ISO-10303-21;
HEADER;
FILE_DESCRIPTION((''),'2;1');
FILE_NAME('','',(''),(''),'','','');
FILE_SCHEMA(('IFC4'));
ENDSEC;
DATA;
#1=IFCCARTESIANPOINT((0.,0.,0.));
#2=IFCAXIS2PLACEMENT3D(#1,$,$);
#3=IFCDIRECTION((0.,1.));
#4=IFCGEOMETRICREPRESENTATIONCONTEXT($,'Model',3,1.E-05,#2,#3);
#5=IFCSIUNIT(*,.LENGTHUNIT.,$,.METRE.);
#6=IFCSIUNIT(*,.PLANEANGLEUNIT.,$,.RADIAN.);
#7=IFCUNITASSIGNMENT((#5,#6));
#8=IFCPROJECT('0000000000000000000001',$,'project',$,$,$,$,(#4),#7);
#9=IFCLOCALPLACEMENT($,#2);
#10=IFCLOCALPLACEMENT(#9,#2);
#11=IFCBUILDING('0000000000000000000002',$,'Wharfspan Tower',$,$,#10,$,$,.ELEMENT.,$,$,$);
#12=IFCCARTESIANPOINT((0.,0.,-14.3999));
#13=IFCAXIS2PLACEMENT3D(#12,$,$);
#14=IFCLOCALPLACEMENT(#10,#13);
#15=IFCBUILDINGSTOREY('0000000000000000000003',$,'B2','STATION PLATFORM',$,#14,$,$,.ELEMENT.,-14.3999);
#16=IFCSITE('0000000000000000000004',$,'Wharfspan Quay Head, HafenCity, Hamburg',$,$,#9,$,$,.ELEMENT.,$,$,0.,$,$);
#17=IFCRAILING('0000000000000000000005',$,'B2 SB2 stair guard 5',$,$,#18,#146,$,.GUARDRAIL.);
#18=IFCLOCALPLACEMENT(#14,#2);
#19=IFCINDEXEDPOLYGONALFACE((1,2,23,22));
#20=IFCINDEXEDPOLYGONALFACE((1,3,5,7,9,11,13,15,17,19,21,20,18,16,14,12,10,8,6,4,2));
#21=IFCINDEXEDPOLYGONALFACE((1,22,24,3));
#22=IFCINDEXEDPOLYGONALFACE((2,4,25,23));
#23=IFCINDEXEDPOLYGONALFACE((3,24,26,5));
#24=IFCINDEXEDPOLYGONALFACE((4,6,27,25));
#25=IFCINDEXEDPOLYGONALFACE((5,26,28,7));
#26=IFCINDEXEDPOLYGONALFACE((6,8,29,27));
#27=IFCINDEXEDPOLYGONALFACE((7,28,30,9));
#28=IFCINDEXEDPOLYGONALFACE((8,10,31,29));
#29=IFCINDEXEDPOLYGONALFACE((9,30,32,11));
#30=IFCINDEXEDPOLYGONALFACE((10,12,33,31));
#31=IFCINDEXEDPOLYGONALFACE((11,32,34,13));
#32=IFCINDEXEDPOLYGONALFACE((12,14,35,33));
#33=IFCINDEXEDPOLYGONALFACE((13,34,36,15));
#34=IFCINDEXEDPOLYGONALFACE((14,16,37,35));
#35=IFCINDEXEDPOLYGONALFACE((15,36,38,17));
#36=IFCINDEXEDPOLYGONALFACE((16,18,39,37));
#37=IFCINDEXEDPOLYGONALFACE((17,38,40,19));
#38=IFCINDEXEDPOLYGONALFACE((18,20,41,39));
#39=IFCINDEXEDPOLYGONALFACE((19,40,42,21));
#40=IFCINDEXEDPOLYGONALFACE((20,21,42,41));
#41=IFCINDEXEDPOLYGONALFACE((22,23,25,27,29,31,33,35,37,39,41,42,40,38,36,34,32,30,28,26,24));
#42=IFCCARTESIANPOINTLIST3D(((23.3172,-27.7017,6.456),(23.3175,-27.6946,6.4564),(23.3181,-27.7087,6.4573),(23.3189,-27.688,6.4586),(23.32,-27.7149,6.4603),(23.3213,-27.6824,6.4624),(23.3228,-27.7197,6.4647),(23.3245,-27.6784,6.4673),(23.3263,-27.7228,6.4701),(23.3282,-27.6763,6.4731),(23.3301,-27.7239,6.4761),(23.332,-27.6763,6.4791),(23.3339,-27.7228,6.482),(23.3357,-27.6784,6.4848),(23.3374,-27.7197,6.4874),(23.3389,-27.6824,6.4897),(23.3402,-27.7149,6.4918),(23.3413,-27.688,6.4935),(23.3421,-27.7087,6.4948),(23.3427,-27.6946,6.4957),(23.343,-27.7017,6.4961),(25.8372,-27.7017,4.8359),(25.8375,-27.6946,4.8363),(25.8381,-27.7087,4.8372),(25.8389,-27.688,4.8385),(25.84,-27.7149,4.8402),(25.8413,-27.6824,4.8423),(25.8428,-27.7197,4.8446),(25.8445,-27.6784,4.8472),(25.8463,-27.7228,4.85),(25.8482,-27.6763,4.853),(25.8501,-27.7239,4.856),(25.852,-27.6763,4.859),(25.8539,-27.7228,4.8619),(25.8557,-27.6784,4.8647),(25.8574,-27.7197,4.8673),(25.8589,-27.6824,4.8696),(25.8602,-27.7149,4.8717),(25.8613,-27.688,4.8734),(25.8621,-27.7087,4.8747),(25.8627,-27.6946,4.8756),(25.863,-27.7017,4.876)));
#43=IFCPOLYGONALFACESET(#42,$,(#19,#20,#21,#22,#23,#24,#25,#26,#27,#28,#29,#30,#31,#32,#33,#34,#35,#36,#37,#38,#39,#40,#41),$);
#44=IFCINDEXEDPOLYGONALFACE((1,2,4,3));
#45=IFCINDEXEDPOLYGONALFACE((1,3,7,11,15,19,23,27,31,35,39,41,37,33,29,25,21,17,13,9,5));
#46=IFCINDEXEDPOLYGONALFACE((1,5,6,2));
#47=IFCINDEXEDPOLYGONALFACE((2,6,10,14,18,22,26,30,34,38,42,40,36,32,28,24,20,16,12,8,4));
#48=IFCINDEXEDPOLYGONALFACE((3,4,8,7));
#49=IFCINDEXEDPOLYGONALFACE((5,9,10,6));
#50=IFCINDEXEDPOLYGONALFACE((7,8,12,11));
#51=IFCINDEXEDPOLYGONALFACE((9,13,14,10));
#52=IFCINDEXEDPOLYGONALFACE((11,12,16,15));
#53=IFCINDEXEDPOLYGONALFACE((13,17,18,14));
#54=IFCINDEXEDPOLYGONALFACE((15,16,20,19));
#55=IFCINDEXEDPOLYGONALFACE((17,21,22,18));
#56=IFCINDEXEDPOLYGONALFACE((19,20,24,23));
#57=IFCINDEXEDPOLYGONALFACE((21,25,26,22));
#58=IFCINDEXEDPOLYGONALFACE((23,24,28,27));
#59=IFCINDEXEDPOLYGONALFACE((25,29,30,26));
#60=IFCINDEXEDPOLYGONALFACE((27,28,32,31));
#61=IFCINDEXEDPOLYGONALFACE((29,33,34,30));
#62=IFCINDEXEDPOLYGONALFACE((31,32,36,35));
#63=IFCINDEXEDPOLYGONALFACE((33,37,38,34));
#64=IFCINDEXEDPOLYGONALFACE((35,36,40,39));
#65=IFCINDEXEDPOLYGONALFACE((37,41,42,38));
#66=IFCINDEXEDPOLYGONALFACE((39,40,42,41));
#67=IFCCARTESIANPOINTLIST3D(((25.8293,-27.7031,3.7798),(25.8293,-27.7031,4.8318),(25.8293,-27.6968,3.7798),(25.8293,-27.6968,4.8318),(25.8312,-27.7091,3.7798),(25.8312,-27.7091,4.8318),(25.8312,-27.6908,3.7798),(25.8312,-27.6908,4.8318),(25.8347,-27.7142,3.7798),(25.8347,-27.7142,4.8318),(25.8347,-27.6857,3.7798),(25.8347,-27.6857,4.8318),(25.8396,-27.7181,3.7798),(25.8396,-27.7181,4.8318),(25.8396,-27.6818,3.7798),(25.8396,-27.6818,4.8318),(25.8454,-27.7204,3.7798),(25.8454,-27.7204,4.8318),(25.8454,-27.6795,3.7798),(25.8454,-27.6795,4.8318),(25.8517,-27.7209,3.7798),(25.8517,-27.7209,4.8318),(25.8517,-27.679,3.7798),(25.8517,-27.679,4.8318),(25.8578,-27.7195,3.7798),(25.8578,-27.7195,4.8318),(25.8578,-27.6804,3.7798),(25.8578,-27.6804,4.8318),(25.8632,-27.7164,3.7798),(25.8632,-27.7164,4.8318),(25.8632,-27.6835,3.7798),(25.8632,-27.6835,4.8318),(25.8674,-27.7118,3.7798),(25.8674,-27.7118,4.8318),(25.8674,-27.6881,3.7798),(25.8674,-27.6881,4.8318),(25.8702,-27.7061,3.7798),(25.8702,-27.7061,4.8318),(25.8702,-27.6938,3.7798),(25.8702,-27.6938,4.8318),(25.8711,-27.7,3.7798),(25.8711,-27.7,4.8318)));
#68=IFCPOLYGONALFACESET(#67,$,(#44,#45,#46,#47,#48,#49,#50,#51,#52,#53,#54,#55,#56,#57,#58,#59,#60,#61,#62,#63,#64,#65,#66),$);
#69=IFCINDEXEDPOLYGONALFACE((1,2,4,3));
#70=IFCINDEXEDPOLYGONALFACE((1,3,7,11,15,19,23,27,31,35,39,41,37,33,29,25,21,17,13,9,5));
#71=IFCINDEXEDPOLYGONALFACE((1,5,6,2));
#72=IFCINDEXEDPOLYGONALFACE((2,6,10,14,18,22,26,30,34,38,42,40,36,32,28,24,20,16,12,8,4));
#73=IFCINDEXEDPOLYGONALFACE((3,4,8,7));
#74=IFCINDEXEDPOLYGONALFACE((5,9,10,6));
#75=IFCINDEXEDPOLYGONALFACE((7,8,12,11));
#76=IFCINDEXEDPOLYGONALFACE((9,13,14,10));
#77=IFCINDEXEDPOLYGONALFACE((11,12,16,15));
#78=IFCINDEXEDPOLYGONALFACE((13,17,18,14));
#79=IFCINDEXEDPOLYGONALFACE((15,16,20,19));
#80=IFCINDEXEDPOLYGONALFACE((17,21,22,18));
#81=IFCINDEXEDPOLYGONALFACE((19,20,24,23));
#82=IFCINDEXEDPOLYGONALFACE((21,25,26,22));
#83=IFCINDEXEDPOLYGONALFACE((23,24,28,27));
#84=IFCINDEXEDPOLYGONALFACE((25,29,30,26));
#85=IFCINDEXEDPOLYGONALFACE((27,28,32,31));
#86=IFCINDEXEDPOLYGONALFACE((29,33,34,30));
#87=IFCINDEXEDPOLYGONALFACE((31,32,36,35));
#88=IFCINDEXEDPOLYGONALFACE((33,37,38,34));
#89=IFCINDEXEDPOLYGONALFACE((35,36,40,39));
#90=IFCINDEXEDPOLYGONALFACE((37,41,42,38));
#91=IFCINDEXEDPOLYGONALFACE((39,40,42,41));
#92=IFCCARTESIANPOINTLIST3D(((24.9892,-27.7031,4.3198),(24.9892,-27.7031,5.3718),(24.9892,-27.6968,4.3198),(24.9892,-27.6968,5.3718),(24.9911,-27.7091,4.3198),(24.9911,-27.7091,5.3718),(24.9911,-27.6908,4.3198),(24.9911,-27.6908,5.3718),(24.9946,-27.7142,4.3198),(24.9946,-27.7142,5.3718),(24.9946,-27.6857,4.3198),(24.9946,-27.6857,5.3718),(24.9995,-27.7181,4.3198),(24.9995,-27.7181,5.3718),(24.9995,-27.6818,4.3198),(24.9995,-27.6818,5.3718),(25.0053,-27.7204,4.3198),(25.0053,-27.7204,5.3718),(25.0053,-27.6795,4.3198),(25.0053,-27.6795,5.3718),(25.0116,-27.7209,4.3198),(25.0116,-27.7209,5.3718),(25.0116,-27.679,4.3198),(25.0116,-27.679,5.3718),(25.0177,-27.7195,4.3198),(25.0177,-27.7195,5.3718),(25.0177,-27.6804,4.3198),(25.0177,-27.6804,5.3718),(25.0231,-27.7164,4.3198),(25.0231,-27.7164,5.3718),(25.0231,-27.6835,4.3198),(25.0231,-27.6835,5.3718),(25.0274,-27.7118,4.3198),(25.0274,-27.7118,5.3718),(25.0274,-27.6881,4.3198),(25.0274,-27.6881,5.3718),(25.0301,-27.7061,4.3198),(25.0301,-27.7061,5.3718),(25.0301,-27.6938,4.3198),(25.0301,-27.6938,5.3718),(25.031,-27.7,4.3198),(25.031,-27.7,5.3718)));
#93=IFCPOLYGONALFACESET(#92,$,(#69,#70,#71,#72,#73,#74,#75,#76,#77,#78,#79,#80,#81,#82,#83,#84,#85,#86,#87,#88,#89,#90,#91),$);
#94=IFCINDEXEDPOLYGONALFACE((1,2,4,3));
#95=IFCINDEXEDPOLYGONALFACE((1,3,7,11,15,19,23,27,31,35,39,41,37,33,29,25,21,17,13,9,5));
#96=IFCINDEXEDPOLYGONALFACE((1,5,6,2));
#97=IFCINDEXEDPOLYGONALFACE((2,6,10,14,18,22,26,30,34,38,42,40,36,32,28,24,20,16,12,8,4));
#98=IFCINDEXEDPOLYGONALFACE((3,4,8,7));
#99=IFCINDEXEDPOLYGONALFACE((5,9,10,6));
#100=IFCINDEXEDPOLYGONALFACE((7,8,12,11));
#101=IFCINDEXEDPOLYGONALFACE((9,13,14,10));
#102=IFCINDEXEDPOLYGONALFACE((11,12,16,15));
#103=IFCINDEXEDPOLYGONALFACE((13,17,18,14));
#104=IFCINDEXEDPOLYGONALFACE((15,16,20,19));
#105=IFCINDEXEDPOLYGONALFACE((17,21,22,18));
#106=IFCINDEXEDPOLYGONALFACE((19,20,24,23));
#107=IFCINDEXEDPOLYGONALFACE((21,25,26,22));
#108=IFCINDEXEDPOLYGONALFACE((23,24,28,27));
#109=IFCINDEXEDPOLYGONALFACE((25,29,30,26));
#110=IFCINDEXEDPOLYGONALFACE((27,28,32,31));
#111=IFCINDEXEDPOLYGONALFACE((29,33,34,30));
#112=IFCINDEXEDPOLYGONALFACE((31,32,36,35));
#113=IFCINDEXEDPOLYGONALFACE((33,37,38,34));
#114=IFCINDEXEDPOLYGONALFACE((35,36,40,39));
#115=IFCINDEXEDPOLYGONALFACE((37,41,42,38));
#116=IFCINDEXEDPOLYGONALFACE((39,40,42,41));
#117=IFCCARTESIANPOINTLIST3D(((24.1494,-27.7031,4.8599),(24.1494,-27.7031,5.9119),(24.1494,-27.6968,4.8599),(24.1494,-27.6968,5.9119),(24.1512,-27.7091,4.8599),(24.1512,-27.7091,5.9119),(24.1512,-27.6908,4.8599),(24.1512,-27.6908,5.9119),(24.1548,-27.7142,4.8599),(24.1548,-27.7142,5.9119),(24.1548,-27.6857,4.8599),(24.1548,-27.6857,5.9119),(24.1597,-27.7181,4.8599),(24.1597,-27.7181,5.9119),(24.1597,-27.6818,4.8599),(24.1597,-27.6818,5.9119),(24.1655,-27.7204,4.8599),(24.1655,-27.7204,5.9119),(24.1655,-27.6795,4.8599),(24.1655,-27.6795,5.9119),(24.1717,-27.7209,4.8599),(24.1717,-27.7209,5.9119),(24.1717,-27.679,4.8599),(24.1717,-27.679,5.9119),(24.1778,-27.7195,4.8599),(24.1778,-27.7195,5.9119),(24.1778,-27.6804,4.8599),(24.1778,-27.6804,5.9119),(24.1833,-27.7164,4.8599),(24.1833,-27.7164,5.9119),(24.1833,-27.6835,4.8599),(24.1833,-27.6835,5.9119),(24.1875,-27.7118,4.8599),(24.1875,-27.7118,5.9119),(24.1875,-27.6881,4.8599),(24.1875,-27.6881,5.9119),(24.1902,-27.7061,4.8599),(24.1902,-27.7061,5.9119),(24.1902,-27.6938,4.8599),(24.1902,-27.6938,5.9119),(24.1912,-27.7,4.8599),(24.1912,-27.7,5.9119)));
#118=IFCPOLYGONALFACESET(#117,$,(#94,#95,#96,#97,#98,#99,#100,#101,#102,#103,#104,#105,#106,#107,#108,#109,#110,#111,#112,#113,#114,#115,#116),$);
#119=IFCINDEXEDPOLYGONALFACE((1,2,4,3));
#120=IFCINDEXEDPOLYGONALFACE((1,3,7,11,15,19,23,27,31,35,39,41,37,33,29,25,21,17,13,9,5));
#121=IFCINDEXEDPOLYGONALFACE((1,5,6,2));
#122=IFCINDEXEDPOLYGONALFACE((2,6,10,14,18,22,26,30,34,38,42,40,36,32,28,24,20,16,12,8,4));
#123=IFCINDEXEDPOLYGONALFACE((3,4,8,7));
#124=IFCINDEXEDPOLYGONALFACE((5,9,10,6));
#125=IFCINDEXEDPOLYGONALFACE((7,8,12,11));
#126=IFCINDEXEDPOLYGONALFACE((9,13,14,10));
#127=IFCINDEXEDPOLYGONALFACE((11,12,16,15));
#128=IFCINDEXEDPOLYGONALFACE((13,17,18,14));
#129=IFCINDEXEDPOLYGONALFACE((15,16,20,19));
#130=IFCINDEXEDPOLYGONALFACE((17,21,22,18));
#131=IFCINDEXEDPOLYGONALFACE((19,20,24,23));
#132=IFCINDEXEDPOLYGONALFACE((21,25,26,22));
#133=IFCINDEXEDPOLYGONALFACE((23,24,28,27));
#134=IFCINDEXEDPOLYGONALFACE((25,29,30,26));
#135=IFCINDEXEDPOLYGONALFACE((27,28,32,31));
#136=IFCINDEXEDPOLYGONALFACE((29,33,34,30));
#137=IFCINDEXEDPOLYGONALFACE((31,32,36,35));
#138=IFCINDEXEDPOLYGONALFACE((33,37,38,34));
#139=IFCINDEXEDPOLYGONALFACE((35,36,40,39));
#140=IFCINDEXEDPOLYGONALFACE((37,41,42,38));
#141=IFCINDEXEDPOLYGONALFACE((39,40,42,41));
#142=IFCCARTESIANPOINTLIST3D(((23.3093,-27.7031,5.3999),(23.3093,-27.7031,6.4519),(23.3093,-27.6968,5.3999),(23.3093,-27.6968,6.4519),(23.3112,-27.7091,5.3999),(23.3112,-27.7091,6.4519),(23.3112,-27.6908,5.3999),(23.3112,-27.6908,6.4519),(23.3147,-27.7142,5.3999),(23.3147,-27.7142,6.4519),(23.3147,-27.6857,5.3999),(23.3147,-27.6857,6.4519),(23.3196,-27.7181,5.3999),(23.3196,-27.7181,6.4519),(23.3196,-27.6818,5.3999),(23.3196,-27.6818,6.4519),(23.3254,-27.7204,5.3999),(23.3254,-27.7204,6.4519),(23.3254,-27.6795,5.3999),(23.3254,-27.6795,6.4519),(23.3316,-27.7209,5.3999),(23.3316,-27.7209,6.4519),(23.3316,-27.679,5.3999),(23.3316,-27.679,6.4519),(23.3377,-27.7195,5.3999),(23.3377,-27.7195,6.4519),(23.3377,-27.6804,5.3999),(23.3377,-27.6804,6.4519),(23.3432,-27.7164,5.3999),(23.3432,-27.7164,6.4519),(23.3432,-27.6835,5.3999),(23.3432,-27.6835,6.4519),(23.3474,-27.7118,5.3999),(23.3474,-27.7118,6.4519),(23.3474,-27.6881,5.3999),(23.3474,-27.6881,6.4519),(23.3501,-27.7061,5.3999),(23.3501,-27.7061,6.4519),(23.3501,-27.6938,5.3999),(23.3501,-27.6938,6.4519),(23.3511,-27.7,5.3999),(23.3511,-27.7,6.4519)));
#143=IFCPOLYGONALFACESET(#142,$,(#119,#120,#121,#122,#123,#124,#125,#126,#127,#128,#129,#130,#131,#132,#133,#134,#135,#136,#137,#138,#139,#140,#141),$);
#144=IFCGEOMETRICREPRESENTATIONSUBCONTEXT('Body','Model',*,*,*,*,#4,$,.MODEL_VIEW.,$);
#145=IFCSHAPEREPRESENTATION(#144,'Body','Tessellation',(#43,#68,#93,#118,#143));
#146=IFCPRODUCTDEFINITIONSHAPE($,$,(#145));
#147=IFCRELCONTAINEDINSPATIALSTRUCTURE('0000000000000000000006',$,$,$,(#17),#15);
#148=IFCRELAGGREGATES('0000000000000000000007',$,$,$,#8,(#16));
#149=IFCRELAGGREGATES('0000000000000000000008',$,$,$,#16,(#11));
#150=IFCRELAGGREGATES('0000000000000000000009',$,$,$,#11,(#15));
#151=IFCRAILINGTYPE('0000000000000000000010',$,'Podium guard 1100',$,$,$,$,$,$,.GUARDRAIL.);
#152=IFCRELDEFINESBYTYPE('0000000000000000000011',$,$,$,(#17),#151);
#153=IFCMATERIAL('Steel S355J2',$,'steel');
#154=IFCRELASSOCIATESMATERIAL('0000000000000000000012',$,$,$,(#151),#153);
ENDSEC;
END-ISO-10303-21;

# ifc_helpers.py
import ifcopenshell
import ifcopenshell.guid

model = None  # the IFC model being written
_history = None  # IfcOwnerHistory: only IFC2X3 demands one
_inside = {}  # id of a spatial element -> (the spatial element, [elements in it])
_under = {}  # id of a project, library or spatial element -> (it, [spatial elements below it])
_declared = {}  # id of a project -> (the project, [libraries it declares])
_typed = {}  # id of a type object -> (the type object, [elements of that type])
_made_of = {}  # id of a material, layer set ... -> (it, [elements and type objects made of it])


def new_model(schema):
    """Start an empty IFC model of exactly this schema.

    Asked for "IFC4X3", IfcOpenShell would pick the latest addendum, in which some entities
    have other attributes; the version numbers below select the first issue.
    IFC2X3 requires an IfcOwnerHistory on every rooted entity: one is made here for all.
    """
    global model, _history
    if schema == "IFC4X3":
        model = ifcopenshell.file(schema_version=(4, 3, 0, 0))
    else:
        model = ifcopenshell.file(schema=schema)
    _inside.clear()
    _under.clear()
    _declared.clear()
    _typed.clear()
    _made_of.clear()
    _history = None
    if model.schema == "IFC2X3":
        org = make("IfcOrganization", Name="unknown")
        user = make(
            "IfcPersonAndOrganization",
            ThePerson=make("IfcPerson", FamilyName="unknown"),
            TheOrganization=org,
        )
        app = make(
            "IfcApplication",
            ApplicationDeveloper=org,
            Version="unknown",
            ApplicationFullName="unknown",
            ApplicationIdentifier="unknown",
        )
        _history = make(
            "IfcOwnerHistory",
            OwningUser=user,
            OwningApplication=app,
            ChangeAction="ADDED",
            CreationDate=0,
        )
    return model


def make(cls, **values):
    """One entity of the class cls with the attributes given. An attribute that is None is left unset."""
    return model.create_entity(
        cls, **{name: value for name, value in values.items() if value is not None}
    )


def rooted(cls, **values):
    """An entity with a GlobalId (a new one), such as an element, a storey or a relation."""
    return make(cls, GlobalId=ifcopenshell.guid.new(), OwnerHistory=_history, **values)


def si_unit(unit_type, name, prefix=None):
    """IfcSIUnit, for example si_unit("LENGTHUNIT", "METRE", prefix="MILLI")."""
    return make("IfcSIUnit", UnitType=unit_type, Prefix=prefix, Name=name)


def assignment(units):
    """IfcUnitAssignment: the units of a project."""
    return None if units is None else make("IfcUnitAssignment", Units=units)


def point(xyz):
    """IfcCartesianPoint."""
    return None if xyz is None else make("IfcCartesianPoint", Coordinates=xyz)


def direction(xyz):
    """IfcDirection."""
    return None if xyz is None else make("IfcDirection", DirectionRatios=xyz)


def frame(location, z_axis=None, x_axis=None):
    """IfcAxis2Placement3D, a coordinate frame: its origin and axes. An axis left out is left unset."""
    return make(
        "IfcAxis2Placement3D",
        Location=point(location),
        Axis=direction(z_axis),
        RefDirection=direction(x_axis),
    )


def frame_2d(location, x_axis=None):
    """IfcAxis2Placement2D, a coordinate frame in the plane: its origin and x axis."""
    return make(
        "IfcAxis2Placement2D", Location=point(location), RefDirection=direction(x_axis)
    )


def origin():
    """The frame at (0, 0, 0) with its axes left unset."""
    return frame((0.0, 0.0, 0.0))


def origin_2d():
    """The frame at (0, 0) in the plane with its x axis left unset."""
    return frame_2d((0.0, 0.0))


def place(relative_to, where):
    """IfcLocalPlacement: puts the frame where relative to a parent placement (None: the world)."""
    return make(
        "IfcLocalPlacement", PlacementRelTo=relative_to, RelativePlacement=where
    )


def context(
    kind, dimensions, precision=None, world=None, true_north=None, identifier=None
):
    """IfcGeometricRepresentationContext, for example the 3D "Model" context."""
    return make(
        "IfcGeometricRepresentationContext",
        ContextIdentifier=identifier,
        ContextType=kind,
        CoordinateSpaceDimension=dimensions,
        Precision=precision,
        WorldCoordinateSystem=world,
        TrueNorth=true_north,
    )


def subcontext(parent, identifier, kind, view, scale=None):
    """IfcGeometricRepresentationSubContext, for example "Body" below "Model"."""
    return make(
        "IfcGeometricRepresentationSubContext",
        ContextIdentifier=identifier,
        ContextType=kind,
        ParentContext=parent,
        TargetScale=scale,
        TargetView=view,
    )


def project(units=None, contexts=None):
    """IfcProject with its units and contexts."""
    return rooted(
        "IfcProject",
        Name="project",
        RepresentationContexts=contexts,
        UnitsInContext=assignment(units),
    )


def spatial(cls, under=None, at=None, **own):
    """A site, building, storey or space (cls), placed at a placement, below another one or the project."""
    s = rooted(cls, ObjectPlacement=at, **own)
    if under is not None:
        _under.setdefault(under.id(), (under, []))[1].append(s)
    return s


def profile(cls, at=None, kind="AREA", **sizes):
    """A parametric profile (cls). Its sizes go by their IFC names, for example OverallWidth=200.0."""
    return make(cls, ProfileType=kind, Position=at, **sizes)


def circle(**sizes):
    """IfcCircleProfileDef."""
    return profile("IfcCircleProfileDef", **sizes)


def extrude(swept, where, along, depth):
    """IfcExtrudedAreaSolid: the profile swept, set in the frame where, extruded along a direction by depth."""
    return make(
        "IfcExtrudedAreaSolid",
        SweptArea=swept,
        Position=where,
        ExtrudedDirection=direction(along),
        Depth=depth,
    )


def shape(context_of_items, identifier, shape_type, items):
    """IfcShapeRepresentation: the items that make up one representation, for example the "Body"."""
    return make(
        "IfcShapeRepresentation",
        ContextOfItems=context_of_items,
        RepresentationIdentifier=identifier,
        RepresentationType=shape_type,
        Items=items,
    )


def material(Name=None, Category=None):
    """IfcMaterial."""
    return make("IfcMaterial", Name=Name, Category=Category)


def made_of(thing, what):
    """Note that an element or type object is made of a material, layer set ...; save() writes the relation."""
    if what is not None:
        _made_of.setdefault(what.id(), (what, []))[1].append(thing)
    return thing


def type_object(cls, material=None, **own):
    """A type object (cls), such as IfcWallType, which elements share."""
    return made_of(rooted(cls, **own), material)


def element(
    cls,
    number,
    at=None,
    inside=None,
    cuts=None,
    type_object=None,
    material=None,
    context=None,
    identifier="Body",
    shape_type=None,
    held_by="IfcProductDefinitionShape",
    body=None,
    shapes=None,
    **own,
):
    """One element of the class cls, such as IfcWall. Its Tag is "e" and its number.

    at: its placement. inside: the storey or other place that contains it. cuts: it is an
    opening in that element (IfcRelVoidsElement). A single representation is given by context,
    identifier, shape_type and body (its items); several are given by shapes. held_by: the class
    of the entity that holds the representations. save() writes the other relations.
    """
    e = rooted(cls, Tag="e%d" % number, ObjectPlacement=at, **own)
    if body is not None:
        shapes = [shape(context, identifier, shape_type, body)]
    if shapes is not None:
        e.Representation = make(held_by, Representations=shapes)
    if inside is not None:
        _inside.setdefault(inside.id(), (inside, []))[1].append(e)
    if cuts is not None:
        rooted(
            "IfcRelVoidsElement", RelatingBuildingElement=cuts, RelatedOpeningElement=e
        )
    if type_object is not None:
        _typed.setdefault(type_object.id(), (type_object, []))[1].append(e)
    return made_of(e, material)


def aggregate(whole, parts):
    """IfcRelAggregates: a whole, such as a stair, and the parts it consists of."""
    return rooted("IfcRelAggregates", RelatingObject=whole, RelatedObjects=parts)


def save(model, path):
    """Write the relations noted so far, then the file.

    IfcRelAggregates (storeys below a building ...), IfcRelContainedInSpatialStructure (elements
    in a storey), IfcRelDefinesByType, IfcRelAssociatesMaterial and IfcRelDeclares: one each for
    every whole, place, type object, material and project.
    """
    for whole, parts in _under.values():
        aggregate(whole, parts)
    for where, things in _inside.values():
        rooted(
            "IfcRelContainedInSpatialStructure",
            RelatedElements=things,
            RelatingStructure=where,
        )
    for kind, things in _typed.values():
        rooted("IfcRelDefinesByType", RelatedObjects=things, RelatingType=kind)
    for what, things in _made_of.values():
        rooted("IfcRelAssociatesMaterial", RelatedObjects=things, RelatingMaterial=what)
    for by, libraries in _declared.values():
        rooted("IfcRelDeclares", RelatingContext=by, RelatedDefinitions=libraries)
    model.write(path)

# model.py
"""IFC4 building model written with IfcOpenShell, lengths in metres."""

from ifc_helpers import new_model, si_unit, direction, frame, origin, origin_2d, place, context, subcontext, project, spatial, circle, extrude, material, type_object, element, save


model = new_model("IFC4")

# Units and contexts
model_context = context("Model", 3, precision=1e-05, world=origin(), true_north=direction((0.0, 1.0)))
body_context = subcontext(model_context, "Body", "Model", "MODEL_VIEW")
ifc_project = project(units=[si_unit("LENGTHUNIT", "METRE"), si_unit("PLANEANGLEUNIT", "RADIAN")], contexts=[model_context])

# Site, building, storey
site_placement = place(None, origin())
site = spatial("IfcSite", under=ifc_project, at=site_placement, Name="Wharfspan Quay Head, HafenCity, Hamburg", CompositionType="ELEMENT", RefElevation=0.0)
building_placement = place(site_placement, origin())
building = spatial("IfcBuilding", under=site, at=building_placement, Name="Wharfspan Tower", CompositionType="ELEMENT")
storey_placement = place(building_placement, frame((0.0, 0.0, -14.3999)))
storey = spatial("IfcBuildingStorey", under=building, at=storey_placement, Name="B2", Description="STATION PLATFORM", CompositionType="ELEMENT", Elevation=-14.3999)

# Railing
ifc_material_1 = material(Name="Steel S355J2", Category="steel")
railing_type_1 = type_object("IfcRailingType", Name="Podium guard 1100", PredefinedType="GUARDRAIL", material=ifc_material_1)
railing_1_placement = place(storey_placement, frame((25.8501, -27.7, 3.7798)))
element("IfcRailing", 1, at=railing_1_placement, inside=storey, type_object=railing_type_1, Name="B2 SB2 stair guard 5", PredefinedType="GUARDRAIL", context=body_context, shape_type="SweptSolid", body=[
    extrude(circle(Radius=0.0239, at=origin_2d()), frame((0.0, 0.0, 1.0762), z_axis=(-0.841163, 0.0, 0.540782), x_axis=(0.0, -1.0, 0.0)), (0.0, 0.0, 1.0), 2.9958),
    extrude(circle(Radius=0.021, at=origin_2d()), origin(), (0.0, 0.0, 1.0), 1.052),
    extrude(circle(Radius=0.021, at=origin_2d()), frame((-0.8401, 0.0, 0.54)), (0.0, 0.0, 1.0), 1.052),
    extrude(circle(Radius=0.021, at=origin_2d()), frame((-1.6799, 0.0, 1.0801)), (0.0, 0.0, 1.0), 1.052),
    extrude(circle(Radius=0.021, at=origin_2d()), frame((-2.52, 0.0, 1.6201)), (0.0, 0.0, 1.0), 1.052),
])

save(model, "model.ifc")
